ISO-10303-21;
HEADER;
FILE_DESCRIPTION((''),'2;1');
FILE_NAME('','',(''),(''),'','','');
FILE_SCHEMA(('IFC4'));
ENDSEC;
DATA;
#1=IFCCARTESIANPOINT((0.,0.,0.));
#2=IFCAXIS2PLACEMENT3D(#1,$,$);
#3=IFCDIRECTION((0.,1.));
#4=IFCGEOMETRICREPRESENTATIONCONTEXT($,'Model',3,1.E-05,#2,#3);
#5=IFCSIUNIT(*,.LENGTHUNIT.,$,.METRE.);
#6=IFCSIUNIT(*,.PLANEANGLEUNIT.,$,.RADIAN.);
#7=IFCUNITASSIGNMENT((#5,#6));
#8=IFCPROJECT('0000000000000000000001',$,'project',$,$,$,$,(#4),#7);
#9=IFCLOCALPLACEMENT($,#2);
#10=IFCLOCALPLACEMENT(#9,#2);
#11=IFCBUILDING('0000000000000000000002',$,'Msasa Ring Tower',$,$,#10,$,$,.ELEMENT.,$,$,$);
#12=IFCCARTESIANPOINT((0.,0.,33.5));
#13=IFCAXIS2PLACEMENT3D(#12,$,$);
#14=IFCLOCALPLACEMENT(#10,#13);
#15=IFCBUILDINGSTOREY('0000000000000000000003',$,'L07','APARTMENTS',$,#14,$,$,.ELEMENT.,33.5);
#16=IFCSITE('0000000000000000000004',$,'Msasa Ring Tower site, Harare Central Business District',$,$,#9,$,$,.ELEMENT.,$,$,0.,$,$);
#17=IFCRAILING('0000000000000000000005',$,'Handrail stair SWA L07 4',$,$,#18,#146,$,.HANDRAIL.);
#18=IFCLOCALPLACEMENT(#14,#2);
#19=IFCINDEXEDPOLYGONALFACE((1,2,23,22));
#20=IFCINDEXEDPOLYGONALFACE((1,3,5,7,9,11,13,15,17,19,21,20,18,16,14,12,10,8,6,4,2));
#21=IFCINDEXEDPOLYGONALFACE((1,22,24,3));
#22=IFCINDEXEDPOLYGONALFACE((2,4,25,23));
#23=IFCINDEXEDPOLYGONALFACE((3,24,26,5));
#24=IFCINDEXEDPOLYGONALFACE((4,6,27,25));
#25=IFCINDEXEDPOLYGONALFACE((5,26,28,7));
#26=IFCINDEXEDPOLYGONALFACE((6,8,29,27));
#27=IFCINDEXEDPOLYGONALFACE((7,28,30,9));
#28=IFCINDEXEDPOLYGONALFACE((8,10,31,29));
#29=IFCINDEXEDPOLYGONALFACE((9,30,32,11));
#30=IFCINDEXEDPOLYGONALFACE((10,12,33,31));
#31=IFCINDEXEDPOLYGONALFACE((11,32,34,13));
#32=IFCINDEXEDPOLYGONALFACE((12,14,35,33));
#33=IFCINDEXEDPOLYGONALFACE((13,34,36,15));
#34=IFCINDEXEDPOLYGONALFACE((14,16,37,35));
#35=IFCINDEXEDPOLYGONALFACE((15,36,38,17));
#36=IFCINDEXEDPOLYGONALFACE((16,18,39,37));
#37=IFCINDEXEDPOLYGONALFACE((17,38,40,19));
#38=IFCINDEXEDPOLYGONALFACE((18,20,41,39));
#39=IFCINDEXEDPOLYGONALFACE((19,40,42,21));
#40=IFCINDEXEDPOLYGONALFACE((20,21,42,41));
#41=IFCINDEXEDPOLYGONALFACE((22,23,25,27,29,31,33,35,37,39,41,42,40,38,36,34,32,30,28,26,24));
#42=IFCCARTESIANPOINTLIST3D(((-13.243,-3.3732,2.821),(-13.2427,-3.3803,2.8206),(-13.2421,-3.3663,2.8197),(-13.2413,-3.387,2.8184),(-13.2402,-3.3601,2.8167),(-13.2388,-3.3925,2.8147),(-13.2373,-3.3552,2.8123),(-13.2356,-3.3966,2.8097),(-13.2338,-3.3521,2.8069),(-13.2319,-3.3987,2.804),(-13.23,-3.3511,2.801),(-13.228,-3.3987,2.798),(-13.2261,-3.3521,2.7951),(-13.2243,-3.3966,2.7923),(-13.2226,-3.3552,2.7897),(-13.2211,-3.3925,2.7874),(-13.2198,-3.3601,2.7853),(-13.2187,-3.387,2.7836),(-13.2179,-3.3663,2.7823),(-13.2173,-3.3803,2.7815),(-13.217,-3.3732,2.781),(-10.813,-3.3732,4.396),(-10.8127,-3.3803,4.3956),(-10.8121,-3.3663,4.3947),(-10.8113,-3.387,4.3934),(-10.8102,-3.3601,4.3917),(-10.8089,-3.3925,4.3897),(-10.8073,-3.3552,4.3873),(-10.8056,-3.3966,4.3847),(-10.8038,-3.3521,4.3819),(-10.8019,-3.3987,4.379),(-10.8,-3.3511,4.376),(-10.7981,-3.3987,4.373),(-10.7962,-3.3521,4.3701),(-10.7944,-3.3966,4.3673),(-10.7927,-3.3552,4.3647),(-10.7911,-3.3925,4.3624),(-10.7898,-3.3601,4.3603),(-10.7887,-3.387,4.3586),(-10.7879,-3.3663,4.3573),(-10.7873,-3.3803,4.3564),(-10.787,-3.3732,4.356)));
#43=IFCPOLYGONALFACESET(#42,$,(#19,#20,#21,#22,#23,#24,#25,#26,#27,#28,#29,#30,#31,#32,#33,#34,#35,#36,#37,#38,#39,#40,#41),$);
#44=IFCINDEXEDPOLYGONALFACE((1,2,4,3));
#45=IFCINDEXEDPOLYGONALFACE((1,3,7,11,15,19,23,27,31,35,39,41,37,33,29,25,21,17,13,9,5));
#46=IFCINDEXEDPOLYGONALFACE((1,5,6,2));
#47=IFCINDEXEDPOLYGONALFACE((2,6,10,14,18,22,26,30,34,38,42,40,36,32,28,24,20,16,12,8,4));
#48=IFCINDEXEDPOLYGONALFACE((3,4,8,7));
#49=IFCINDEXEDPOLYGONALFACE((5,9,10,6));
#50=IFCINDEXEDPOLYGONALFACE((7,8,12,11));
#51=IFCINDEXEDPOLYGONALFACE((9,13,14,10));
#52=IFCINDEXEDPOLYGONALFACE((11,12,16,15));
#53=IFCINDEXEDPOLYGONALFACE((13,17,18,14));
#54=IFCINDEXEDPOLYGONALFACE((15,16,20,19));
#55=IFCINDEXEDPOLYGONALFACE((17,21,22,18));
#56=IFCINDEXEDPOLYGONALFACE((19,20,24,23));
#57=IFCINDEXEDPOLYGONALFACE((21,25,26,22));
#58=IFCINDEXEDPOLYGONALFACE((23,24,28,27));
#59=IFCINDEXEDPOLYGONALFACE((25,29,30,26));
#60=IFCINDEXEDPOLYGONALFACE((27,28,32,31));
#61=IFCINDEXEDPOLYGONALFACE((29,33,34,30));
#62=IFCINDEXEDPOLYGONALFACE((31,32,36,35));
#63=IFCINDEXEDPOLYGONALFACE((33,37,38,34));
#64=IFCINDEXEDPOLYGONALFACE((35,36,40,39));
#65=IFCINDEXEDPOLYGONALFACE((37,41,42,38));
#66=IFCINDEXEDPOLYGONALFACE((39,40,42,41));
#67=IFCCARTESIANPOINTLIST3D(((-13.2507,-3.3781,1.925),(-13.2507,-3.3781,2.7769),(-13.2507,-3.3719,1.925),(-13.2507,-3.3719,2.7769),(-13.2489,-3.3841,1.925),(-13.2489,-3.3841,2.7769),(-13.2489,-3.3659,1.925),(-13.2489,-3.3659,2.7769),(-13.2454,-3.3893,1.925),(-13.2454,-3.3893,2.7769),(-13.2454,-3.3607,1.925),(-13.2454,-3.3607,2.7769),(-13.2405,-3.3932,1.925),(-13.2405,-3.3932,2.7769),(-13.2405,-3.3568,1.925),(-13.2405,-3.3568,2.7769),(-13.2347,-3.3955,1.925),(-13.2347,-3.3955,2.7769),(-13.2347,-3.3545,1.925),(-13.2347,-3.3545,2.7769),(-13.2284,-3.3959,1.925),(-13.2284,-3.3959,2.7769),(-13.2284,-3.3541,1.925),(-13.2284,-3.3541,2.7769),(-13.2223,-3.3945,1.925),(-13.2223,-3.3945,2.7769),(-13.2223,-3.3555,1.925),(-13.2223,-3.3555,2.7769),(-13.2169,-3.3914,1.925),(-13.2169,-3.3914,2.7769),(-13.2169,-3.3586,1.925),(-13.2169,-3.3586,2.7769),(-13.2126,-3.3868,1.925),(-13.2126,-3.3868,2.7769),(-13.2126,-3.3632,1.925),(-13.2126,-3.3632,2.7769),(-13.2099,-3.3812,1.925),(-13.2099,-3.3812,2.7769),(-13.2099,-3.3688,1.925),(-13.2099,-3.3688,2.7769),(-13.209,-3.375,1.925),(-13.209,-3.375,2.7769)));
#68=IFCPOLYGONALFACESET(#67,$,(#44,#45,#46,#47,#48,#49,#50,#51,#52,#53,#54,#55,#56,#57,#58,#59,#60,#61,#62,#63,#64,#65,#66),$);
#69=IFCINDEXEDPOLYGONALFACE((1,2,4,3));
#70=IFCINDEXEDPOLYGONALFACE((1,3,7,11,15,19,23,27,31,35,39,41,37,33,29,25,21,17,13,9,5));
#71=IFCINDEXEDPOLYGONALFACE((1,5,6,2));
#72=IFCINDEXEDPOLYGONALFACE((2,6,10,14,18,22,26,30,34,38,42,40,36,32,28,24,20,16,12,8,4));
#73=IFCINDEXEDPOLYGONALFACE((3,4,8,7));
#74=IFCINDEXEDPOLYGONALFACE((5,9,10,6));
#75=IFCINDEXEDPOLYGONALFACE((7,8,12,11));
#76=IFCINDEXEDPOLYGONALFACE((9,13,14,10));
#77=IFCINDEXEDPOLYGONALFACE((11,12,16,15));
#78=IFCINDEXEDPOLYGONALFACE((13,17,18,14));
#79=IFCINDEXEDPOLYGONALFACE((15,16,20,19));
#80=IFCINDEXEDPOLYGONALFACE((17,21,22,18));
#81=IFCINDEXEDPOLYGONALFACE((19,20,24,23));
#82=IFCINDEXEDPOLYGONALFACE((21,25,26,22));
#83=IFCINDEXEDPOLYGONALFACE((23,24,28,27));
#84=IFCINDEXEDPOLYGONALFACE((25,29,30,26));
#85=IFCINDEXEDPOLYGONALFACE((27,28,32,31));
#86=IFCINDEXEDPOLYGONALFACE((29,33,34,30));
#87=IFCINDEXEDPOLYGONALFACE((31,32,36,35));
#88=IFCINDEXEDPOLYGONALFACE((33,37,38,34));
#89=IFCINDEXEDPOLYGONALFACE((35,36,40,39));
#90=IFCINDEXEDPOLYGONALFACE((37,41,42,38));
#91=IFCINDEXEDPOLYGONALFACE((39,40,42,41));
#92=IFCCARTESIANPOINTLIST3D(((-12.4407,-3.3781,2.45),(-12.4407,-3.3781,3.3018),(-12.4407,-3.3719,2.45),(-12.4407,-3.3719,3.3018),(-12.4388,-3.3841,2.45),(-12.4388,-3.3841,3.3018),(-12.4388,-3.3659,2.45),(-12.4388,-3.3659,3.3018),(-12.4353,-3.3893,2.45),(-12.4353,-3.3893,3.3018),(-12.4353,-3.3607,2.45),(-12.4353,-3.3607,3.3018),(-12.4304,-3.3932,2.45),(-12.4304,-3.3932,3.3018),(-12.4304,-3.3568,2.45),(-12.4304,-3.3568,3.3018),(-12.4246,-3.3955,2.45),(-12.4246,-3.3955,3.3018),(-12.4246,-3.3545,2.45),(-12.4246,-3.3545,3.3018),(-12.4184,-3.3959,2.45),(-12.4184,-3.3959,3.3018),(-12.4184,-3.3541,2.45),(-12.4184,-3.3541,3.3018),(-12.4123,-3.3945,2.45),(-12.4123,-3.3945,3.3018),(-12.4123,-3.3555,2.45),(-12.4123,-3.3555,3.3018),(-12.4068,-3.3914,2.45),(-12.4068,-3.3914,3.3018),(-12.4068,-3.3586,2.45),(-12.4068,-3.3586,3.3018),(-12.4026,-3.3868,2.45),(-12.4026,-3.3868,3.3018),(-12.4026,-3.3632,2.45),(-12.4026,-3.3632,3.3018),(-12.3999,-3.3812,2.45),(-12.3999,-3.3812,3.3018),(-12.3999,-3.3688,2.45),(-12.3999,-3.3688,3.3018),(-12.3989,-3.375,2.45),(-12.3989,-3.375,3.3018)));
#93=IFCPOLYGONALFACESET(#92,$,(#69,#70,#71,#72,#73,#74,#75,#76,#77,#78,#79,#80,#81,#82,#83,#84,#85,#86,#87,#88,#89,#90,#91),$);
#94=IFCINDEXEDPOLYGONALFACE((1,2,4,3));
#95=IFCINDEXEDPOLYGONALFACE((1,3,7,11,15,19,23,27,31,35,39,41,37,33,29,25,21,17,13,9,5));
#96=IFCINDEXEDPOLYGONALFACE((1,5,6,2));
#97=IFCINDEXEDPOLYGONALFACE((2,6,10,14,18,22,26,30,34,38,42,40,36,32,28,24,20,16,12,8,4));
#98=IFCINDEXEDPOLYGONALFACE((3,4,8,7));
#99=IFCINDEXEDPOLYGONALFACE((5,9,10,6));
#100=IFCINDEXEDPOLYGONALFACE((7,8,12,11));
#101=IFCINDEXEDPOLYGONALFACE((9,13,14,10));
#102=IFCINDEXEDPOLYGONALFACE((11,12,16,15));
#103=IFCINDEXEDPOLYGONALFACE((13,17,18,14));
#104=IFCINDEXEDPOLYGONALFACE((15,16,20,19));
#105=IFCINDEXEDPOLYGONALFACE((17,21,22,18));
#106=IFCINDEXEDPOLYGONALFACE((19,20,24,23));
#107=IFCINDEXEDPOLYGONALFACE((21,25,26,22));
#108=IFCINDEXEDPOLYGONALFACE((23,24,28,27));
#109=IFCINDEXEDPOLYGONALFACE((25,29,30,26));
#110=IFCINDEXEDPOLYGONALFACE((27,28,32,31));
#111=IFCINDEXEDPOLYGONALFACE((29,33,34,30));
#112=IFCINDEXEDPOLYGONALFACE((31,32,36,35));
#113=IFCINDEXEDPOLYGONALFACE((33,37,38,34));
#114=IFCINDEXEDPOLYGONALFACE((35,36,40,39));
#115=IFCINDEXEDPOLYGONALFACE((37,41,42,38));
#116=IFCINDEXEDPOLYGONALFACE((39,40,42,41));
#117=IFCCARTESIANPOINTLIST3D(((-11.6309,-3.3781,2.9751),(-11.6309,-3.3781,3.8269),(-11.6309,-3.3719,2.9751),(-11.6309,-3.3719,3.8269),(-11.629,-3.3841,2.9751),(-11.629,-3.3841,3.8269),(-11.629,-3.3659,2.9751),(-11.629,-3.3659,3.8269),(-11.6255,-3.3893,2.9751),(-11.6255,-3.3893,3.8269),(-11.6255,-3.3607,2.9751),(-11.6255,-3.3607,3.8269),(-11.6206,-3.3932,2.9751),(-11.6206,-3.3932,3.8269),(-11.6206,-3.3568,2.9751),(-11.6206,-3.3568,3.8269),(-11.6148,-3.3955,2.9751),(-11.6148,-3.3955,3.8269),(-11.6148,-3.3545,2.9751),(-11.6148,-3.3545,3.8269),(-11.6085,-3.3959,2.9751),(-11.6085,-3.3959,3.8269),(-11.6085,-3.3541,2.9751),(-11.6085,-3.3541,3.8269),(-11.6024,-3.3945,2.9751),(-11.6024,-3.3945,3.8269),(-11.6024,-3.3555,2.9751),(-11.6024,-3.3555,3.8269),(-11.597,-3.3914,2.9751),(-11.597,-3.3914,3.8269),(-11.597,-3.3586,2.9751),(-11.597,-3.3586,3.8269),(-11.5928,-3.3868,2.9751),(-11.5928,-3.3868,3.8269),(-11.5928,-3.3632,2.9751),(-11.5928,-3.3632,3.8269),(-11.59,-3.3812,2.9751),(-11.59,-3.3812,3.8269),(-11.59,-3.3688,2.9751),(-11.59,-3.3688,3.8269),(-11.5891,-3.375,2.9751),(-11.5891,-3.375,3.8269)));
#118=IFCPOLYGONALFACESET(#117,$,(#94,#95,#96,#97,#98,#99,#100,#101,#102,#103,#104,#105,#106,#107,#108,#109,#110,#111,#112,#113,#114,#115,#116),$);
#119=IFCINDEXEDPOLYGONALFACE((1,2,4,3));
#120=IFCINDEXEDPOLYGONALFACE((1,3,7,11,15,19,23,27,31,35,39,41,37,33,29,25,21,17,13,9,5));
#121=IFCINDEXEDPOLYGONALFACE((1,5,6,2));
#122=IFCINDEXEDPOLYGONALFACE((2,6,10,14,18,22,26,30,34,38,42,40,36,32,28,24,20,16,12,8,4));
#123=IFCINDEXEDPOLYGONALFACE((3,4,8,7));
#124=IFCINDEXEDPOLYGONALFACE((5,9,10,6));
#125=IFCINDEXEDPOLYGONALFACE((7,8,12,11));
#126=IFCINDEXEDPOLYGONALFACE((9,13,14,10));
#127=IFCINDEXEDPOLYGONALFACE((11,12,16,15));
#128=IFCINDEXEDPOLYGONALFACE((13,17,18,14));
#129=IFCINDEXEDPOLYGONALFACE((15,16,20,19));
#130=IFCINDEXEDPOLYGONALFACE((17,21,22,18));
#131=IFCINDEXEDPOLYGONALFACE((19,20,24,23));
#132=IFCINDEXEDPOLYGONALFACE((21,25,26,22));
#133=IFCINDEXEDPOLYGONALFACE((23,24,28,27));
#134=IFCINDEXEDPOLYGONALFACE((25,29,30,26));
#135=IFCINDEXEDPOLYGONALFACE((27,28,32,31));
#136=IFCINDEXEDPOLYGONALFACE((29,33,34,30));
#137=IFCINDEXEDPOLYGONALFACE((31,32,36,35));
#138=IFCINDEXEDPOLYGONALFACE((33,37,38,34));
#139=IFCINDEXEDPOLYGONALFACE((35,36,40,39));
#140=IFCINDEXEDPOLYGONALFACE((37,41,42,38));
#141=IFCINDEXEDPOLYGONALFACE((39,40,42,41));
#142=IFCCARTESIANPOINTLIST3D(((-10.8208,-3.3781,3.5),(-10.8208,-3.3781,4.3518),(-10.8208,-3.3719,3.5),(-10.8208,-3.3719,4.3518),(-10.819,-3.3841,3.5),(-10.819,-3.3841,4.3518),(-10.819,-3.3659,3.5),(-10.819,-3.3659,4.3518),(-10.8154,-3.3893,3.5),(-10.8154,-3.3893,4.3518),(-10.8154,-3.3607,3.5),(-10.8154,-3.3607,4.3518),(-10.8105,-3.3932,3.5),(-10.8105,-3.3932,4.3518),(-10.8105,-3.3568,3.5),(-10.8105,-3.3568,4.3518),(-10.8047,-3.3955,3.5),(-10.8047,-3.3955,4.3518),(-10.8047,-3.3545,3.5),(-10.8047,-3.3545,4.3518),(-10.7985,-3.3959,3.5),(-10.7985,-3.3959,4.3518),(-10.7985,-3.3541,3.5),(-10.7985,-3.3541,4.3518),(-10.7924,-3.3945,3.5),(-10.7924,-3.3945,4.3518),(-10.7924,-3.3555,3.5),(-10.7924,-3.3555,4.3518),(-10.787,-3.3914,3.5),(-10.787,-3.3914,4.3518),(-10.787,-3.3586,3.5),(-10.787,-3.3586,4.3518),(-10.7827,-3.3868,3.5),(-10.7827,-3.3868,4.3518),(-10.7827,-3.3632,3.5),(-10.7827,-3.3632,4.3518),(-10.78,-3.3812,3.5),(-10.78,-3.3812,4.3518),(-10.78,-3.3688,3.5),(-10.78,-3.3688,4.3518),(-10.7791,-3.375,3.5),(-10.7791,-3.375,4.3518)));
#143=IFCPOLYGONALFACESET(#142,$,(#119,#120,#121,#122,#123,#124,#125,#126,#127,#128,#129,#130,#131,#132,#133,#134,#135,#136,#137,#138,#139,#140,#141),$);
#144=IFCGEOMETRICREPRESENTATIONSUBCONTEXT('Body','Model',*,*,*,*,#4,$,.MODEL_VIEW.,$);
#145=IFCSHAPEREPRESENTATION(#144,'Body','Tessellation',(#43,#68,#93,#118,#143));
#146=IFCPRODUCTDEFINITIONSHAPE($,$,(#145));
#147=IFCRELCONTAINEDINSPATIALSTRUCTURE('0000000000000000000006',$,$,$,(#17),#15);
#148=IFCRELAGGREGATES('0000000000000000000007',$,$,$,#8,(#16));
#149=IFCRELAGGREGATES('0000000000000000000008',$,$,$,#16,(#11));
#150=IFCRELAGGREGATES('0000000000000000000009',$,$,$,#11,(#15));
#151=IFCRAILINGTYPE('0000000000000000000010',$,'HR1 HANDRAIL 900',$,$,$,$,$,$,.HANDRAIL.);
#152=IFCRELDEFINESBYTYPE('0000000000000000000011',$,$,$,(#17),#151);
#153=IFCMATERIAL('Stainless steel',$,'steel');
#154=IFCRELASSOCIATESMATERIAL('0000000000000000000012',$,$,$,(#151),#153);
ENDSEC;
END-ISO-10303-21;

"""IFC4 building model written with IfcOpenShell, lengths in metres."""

from ifc_helpers import new_model, si_unit, direction, frame, origin, origin_2d, place, context, subcontext, project, spatial, circle, extrude, material, type_object, element, save


model = new_model("IFC4")

# Units and contexts
model_context = context("Model", 3, precision=1e-05, world=origin(), true_north=direction((0.0, 1.0)))
body_context = subcontext(model_context, "Body", "Model", "MODEL_VIEW")
ifc_project = project(units=[si_unit("LENGTHUNIT", "METRE"), si_unit("PLANEANGLEUNIT", "RADIAN")], contexts=[model_context])

# Site, building, storey
site_placement = place(None, origin())
site = spatial("IfcSite", under=ifc_project, at=site_placement, Name="Msasa Ring Tower site, Harare Central Business District", CompositionType="ELEMENT", RefElevation=0.0)
building_placement = place(site_placement, origin())
building = spatial("IfcBuilding", under=site, at=building_placement, Name="Msasa Ring Tower", CompositionType="ELEMENT")
storey_placement = place(building_placement, frame((0.0, 0.0, 33.5)))
storey = spatial("IfcBuildingStorey", under=building, at=storey_placement, Name="L07", Description="APARTMENTS", CompositionType="ELEMENT", Elevation=33.5)

# Railing
ifc_material_1 = material(Name="Stainless steel", Category="steel")
railing_type = type_object("IfcRailingType", Name="HR1 HANDRAIL 900", PredefinedType="HANDRAIL", material=ifc_material_1)
for number, where, name in (
    (1, (-13.23, -3.375, 1.925), "Handrail stair SWA L07 4"),
):
    element("IfcRailing", number, at=place(storey_placement, frame(where)), inside=storey, type_object=railing_type, Name=name, PredefinedType="HANDRAIL", context=body_context, shape_type="SweptSolid", body=[
        extrude(circle(Radius=0.0239, at=origin_2d()), frame((0.0, 0.0, 0.876), z_axis=(0.839154, 0.0, 0.543894), x_axis=(0.0, 1.0, 0.0)), (0.0, 0.0, 1.0), 2.8958),
        extrude(circle(Radius=0.021, at=origin_2d()), origin(), (0.0, 0.0, 1.0), 0.8518),
        extrude(circle(Radius=0.021, at=origin_2d()), frame((0.8101, 0.0, 0.5249)), (0.0, 0.0, 1.0), 0.8518),
        extrude(circle(Radius=0.021, at=origin_2d()), frame((1.6199, 0.0, 1.05)), (0.0, 0.0, 1.0), 0.8518),
        extrude(circle(Radius=0.021, at=origin_2d()), frame((2.4299, 0.0, 1.575)), (0.0, 0.0, 1.0), 0.8518),
    ])

save(model, "model.ifc")
